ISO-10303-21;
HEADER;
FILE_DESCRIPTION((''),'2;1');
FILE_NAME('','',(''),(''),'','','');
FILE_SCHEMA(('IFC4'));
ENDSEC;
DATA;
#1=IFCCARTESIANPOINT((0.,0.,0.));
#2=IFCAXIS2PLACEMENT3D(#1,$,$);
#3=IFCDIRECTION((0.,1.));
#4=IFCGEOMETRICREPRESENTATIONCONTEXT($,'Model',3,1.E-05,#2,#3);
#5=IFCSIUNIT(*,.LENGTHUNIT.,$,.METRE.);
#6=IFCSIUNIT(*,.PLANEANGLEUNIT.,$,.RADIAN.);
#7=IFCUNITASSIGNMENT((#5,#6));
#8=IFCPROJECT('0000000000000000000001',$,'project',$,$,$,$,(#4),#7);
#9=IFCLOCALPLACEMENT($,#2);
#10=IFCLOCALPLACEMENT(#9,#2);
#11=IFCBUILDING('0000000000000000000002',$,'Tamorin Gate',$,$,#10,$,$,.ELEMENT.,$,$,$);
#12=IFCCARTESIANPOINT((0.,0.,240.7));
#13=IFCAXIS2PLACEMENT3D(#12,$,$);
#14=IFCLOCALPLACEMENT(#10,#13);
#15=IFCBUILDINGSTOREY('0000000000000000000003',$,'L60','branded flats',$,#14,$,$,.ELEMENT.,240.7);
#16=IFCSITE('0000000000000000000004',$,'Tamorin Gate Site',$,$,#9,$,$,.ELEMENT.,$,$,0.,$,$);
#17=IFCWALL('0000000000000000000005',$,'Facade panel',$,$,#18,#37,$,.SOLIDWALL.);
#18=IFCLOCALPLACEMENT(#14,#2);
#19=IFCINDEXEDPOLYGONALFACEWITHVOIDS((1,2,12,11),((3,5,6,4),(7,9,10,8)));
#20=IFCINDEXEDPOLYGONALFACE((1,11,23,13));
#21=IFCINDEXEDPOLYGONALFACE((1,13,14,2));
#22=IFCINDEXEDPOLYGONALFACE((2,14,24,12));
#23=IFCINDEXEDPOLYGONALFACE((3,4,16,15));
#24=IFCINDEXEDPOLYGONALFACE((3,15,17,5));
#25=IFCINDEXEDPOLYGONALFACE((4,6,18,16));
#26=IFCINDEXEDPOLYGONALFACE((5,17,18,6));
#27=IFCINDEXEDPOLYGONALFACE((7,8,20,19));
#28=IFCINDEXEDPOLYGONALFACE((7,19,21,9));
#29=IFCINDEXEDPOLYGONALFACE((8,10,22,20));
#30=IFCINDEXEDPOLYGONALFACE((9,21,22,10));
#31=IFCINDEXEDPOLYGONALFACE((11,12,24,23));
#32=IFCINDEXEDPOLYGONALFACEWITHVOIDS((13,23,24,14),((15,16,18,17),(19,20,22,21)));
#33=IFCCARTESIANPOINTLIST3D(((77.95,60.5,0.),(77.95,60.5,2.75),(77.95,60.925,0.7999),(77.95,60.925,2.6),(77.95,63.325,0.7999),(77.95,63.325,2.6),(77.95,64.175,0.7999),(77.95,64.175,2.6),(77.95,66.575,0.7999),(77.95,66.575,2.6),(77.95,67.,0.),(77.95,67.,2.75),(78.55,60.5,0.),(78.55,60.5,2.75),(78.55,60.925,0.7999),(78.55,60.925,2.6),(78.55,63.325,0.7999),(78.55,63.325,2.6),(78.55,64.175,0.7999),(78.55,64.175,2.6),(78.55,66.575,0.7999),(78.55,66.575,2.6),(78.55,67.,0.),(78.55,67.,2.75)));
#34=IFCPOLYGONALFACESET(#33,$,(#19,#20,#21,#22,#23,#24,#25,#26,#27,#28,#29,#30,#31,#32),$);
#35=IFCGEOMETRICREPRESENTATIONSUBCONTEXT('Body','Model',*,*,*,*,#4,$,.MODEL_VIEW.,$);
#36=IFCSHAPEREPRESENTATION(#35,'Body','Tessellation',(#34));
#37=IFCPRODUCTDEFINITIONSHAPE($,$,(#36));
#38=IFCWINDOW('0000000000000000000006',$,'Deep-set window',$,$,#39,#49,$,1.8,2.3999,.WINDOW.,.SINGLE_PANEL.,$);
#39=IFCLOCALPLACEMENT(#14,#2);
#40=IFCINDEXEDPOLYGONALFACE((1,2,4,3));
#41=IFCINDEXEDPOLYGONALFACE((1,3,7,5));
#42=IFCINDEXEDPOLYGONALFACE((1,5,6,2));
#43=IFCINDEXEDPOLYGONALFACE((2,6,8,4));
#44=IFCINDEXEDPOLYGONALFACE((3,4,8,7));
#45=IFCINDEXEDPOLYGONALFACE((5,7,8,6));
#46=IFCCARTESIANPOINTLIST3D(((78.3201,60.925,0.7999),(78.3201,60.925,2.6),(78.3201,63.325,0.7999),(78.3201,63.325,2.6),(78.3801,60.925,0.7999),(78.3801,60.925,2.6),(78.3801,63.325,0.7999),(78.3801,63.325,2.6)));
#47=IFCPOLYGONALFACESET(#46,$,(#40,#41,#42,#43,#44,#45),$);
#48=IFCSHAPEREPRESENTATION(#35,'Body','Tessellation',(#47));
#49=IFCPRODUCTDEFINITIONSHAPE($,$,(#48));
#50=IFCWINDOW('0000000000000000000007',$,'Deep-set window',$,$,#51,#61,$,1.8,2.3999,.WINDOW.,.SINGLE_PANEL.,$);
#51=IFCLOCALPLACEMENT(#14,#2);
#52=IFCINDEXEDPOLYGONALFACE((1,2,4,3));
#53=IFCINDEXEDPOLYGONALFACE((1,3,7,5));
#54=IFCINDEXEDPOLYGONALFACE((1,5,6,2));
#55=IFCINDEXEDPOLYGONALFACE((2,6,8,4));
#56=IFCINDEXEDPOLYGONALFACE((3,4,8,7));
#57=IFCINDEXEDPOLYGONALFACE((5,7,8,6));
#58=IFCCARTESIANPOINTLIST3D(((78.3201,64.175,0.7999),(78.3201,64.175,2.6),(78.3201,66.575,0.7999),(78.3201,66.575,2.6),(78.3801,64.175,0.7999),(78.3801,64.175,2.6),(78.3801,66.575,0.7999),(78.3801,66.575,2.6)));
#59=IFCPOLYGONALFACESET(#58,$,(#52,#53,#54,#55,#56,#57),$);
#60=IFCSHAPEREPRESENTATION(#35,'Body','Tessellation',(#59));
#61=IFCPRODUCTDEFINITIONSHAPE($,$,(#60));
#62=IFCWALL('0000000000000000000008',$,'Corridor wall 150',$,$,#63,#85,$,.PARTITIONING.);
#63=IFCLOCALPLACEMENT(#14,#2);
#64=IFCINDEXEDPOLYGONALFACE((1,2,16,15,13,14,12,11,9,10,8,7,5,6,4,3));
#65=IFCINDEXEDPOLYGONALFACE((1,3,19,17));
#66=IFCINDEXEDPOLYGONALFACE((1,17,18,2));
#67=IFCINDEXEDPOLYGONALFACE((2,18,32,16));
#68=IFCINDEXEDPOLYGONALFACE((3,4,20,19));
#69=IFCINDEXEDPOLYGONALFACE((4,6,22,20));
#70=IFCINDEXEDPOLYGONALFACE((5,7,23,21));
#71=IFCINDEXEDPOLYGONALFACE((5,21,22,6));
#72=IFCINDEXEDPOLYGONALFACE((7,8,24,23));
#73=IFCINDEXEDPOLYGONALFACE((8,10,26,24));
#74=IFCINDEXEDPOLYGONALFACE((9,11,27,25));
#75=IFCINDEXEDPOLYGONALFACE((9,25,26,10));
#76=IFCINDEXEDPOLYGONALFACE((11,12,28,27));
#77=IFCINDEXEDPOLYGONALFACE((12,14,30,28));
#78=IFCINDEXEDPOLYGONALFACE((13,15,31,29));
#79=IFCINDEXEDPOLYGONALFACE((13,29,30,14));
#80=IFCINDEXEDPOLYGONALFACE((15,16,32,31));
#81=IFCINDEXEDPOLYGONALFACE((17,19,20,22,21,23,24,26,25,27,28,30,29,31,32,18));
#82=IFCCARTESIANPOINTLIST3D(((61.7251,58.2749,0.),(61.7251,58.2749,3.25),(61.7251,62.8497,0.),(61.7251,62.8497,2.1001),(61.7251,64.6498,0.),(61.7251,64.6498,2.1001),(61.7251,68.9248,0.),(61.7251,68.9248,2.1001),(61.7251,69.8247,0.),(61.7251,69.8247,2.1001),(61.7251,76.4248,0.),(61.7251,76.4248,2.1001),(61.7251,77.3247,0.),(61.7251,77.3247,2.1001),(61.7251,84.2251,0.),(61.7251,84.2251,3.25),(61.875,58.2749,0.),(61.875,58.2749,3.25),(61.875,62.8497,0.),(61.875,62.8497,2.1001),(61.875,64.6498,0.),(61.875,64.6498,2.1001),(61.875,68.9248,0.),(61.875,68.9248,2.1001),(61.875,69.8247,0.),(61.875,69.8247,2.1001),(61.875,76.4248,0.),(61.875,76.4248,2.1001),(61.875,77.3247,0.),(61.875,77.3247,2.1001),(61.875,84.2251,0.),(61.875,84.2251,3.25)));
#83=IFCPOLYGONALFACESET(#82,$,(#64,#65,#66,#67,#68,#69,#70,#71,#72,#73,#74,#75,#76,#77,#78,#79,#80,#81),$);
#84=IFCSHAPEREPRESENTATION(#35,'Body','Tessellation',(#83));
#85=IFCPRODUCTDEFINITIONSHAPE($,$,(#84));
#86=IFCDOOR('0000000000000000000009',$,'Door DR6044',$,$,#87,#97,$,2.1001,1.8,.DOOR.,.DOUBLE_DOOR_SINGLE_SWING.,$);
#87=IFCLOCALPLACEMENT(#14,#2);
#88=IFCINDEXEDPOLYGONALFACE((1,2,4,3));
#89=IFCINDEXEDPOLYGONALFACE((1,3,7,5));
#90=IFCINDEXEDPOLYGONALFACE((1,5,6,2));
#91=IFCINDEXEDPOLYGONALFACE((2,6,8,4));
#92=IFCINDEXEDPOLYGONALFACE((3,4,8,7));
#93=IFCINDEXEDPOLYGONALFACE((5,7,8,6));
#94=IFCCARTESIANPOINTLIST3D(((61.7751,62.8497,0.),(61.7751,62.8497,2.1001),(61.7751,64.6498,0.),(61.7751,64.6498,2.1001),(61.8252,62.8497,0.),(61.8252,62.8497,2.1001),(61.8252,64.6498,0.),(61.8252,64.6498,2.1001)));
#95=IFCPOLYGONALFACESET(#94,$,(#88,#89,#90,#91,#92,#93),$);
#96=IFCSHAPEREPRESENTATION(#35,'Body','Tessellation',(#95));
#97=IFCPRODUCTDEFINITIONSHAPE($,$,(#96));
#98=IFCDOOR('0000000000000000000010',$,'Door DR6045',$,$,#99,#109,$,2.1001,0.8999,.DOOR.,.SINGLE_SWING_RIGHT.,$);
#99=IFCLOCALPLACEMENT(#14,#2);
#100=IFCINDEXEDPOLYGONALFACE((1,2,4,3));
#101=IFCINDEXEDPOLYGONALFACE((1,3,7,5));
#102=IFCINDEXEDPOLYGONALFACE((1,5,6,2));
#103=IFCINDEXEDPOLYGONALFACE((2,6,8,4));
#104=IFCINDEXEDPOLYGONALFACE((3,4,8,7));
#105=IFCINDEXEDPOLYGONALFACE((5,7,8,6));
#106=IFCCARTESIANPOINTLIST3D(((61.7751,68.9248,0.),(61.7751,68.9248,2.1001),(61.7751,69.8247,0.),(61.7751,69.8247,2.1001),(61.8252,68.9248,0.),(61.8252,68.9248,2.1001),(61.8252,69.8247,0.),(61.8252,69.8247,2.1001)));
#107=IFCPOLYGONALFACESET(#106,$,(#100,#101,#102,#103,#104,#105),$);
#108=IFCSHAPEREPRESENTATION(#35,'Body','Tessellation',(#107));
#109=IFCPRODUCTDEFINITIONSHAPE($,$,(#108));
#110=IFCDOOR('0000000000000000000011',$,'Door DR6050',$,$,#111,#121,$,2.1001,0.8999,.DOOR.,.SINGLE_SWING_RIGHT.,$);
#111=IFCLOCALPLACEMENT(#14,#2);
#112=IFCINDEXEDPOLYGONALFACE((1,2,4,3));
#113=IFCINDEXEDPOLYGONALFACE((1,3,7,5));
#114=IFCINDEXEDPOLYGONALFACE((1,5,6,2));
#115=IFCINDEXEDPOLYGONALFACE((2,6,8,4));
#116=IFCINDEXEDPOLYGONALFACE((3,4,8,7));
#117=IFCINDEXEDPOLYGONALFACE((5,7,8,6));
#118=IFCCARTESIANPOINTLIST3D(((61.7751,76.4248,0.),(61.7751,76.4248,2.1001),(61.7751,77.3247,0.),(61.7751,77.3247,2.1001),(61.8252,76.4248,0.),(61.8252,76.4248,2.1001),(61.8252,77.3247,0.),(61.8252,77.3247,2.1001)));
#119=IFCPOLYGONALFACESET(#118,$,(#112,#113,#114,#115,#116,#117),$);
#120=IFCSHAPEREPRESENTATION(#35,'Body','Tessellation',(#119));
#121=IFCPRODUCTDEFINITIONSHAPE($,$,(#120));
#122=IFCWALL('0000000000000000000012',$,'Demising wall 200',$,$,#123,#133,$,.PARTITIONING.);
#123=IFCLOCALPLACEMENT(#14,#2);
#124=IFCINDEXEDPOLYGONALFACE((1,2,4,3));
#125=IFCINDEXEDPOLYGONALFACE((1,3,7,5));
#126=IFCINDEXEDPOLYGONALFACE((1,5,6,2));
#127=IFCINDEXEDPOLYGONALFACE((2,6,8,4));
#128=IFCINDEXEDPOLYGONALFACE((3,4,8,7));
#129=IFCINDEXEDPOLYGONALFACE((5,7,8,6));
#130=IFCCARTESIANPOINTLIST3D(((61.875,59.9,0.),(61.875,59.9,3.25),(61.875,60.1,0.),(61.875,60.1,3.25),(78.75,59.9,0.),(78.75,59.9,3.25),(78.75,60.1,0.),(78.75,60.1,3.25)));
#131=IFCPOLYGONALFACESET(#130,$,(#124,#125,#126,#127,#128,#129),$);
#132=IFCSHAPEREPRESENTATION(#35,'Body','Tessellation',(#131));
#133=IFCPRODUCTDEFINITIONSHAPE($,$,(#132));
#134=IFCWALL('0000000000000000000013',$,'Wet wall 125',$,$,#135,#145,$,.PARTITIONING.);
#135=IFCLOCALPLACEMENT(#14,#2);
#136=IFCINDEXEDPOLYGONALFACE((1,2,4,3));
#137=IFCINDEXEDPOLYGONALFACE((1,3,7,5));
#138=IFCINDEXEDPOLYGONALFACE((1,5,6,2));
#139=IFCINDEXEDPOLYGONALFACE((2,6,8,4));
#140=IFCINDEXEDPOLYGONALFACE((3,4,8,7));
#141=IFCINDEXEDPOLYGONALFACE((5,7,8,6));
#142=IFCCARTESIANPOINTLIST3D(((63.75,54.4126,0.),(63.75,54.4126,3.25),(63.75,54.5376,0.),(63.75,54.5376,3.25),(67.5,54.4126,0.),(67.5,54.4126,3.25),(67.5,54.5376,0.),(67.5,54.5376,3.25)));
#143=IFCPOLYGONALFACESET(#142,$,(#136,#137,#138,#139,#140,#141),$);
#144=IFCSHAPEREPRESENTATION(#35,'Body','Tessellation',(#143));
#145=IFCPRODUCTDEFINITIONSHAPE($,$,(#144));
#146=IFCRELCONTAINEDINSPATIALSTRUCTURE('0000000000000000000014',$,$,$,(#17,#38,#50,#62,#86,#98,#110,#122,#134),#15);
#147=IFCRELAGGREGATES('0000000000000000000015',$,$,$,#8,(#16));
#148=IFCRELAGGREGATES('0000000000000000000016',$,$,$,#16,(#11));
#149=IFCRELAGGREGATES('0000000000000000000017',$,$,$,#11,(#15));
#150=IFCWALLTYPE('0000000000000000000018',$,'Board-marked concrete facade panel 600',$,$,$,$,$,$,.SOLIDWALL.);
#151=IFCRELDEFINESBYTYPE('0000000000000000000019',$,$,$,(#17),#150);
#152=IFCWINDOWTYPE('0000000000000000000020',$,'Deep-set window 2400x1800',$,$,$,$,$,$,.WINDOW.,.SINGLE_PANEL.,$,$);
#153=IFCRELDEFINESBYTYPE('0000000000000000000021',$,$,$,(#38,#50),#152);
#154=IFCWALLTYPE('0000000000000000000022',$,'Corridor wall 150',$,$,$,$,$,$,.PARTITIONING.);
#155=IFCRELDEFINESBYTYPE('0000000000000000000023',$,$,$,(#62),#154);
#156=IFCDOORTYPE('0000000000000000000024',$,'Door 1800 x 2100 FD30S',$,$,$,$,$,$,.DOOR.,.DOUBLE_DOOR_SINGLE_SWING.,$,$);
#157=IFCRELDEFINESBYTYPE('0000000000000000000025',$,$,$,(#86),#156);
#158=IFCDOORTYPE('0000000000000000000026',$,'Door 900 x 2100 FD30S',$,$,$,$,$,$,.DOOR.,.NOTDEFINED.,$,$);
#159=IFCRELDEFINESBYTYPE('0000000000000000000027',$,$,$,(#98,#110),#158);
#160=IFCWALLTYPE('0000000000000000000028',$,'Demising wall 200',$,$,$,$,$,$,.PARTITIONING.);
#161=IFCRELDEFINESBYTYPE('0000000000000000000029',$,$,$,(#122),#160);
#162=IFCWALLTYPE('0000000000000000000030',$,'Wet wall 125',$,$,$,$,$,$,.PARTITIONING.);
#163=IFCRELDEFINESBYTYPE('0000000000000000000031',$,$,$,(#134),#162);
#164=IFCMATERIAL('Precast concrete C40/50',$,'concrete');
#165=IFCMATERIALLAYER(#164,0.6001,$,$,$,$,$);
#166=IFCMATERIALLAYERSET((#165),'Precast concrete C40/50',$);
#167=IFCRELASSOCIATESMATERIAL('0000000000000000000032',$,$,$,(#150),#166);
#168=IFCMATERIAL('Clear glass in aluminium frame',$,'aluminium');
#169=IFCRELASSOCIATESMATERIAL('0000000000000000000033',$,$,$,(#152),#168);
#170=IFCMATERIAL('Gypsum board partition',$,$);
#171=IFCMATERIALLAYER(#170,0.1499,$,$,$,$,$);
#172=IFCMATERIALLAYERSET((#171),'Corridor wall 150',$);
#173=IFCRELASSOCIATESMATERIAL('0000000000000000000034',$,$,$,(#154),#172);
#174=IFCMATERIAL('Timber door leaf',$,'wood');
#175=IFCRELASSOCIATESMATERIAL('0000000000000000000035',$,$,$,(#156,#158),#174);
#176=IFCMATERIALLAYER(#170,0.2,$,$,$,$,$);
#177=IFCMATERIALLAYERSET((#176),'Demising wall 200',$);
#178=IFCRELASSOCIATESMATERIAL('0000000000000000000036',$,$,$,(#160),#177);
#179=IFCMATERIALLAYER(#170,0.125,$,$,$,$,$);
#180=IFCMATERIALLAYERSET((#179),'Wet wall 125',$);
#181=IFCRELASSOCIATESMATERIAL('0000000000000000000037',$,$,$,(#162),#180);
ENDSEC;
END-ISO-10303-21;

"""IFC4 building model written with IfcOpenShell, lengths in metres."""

from ifc_helpers import new_model, si_unit, direction, frame, frame_2d, origin, place, context, subcontext, project, spatial, rectangle, extrude, material, layer, layer_set, type_object, element, fill, save


model = new_model("IFC4")

# Units and contexts
model_context = context("Model", 3, precision=1e-05, world=origin(), true_north=direction((0.0, 1.0)))
body_context = subcontext(model_context, "Body", "Model", "MODEL_VIEW")
ifc_project = project(units=[si_unit("LENGTHUNIT", "METRE"), si_unit("PLANEANGLEUNIT", "RADIAN")], contexts=[model_context])

# Site, building, storey
site_placement = place(None, origin())
site = spatial("IfcSite", under=ifc_project, at=site_placement, Name="Tamorin Gate Site", CompositionType="ELEMENT", RefElevation=0.0)
building_placement = place(site_placement, origin())
building = spatial("IfcBuilding", under=site, at=building_placement, Name="Tamorin Gate", CompositionType="ELEMENT")
storey_placement = place(building_placement, frame((0.0, 0.0, 240.7)))
storey = spatial("IfcBuildingStorey", under=building, at=storey_placement, Name="L60", Description="branded flats", CompositionType="ELEMENT", Elevation=240.7)

# Wall, openings, windows
ifc_material_1 = material(Name="Precast concrete C40/50", Category="concrete")
ifc_layer_1 = layer(ifc_material_1, 0.6001)
ifc_layer_set_1 = layer_set([ifc_layer_1], Name="Precast concrete C40/50")
wall_type_1 = type_object("IfcWallType", Name="Board-marked concrete facade panel 600", PredefinedType="SOLIDWALL", material=ifc_layer_set_1)
ifc_material_2 = material(Name="Clear glass in aluminium frame", Category="aluminium")
window_type = type_object("IfcWindowType", Name="Deep-set window 2400x1800", PartitioningType="SINGLE_PANEL", PredefinedType="WINDOW", material=ifc_material_2)
wall_1_placement = place(storey_placement, frame((78.25, 60.5, 0.0), z_axis=(0.0, 0.0, 1.0), x_axis=(0.0, 1.0, 0.0)))
wall_1 = element("IfcWall", 1, at=wall_1_placement, inside=storey, type_object=wall_type_1, Name="Facade panel", PredefinedType="SOLIDWALL", context=body_context, shape_type="SweptSolid", body=[
    extrude(rectangle(XDim=6.5, YDim=0.6001, at=frame_2d((3.25, 0.0))), origin(), (0.0, 0.0, 1.0), 2.75),
])
opening_1_placement = place(wall_1_placement, frame((0.425, 0.0, 0.8)))
opening_1 = element("IfcOpeningElement", 2, at=opening_1_placement, cuts=wall_1, PredefinedType="OPENING", context=body_context, shape_type="SweptSolid", body=[
    extrude(rectangle(XDim=2.3999, YDim=1.8, at=frame_2d((1.2, 0.8999))), frame((0.0, 0.3101, 0.0), z_axis=(0.0, -1.0, 0.0), x_axis=(1.0, 0.0, 0.0)), (0.0, 0.0, 1.0), 0.6201),
])
opening_2_placement = place(wall_1_placement, frame((3.675, 0.0, 0.8)))
opening_2 = element("IfcOpeningElement", 3, at=opening_2_placement, cuts=wall_1, PredefinedType="OPENING", context=body_context, shape_type="SweptSolid", body=[
    extrude(rectangle(XDim=2.3999, YDim=1.8, at=frame_2d((1.2, 0.8999))), frame((0.0, 0.3101, 0.0), z_axis=(0.0, -1.0, 0.0), x_axis=(1.0, 0.0, 0.0)), (0.0, 0.0, 1.0), 0.6201),
])
window_1_placement = place(opening_1_placement, origin())
window_1 = element("IfcWindow", 4, at=window_1_placement, inside=storey, type_object=window_type, Name="Deep-set window", OverallHeight=1.8, OverallWidth=2.3999, PartitioningType="SINGLE_PANEL", PredefinedType="WINDOW", context=body_context, shape_type="SweptSolid", body=[
    extrude(rectangle(XDim=2.3999, YDim=1.8, at=frame_2d((1.2, 0.8999))), frame((0.0, -0.0701, 0.0), z_axis=(0.0, -1.0, 0.0), x_axis=(1.0, 0.0, 0.0)), (0.0, 0.0, 1.0), 0.0601),
])
fill(opening_1, window_1)
window_2_placement = place(opening_2_placement, origin())
window_2 = element("IfcWindow", 5, at=window_2_placement, inside=storey, type_object=window_type, Name="Deep-set window", OverallHeight=1.8, OverallWidth=2.3999, PartitioningType="SINGLE_PANEL", PredefinedType="WINDOW", context=body_context, shape_type="SweptSolid", body=[
    extrude(rectangle(XDim=2.3999, YDim=1.8, at=frame_2d((1.2, 0.8999))), frame((0.0, -0.0701, 0.0), z_axis=(0.0, -1.0, 0.0), x_axis=(1.0, 0.0, 0.0)), (0.0, 0.0, 1.0), 0.0601),
])
fill(opening_2, window_2)

# Wall, openings, doors
ifc_material_3 = material(Name="Gypsum board partition")
ifc_layer_2 = layer(ifc_material_3, 0.1499)
ifc_layer_set_2 = layer_set([ifc_layer_2], Name="Corridor wall 150")
wall_type_2 = type_object("IfcWallType", Name="Corridor wall 150", PredefinedType="PARTITIONING", material=ifc_layer_set_2)
wall_2_placement = place(storey_placement, frame((61.8, 58.2749, 0.0), z_axis=(0.0, 0.0, 1.0), x_axis=(0.0, 1.0, 0.0)))
wall_2 = element("IfcWall", 6, at=wall_2_placement, inside=storey, type_object=wall_type_2, Name="Corridor wall 150", PredefinedType="PARTITIONING", context=body_context, shape_type="SweptSolid", body=[
    extrude(rectangle(XDim=25.9502, YDim=0.1499, at=frame_2d((12.9751, 0.0))), origin(), (0.0, 0.0, 1.0), 3.25),
])
opening_3_placement = place(wall_2_placement, frame((4.575, 0.0, 0.0)))
opening_3 = element("IfcOpeningElement", 7, at=opening_3_placement, cuts=wall_2, PredefinedType="OPENING", context=body_context, shape_type="SweptSolid", body=[
    extrude(rectangle(XDim=1.8, YDim=2.1001, at=frame_2d((0.8999, 1.05))), frame((0.0, 0.085, 0.0), z_axis=(0.0, -1.0, 0.0), x_axis=(1.0, 0.0, 0.0)), (0.0, 0.0, 1.0), 0.1699),
])
opening_4_placement = place(wall_2_placement, frame((10.6499, 0.0, 0.0)))
opening_4 = element("IfcOpeningElement", 8, at=opening_4_placement, cuts=wall_2, PredefinedType="OPENING", context=body_context, shape_type="SweptSolid", body=[
    extrude(rectangle(XDim=0.8999, YDim=2.1001, at=frame_2d((0.45, 1.05))), frame((0.0, 0.085, 0.0), z_axis=(0.0, -1.0, 0.0), x_axis=(1.0, 0.0, 0.0)), (0.0, 0.0, 1.0), 0.1699),
])
opening_5_placement = place(wall_2_placement, frame((18.1499, 0.0, 0.0)))
opening_5 = element("IfcOpeningElement", 9, at=opening_5_placement, cuts=wall_2, PredefinedType="OPENING", context=body_context, shape_type="SweptSolid", body=[
    extrude(rectangle(XDim=0.8999, YDim=2.1001, at=frame_2d((0.45, 1.05))), frame((0.0, 0.085, 0.0), z_axis=(0.0, -1.0, 0.0), x_axis=(1.0, 0.0, 0.0)), (0.0, 0.0, 1.0), 0.1699),
])
ifc_material_4 = material(Name="Timber door leaf", Category="wood")
door_type_1 = type_object("IfcDoorType", Name="Door 1800 x 2100 FD30S", OperationType="DOUBLE_DOOR_SINGLE_SWING", PredefinedType="DOOR", material=ifc_material_4)
door_1_placement = place(opening_3_placement, origin())
door_1 = element("IfcDoor", 10, at=door_1_placement, inside=storey, type_object=door_type_1, Name="Door DR6044", OperationType="DOUBLE_DOOR_SINGLE_SWING", OverallHeight=2.1001, OverallWidth=1.8, PredefinedType="DOOR", context=body_context, shape_type="SweptSolid", body=[
    extrude(rectangle(XDim=1.8, YDim=2.1001, at=frame_2d((0.8999, 1.05))), frame((0.0, 0.0249, 0.0), z_axis=(0.0, -1.0, 0.0), x_axis=(1.0, 0.0, 0.0)), (0.0, 0.0, 1.0), 0.05),
])
fill(opening_3, door_1)
door_type_2 = type_object("IfcDoorType", Name="Door 900 x 2100 FD30S", OperationType="NOTDEFINED", PredefinedType="DOOR", material=ifc_material_4)
door_2_placement = place(opening_4_placement, origin())
door_2 = element("IfcDoor", 11, at=door_2_placement, inside=storey, type_object=door_type_2, Name="Door DR6045", OperationType="SINGLE_SWING_RIGHT", OverallHeight=2.1001, OverallWidth=0.8999, PredefinedType="DOOR", context=body_context, shape_type="SweptSolid", body=[
    extrude(rectangle(XDim=0.8999, YDim=2.1001, at=frame_2d((0.45, 1.05))), frame((0.0, 0.0249, 0.0), z_axis=(0.0, -1.0, 0.0), x_axis=(1.0, 0.0, 0.0)), (0.0, 0.0, 1.0), 0.05),
])
fill(opening_4, door_2)
door_3_placement = place(opening_5_placement, origin())
door_3 = element("IfcDoor", 12, at=door_3_placement, inside=storey, type_object=door_type_2, Name="Door DR6050", OperationType="SINGLE_SWING_RIGHT", OverallHeight=2.1001, OverallWidth=0.8999, PredefinedType="DOOR", context=body_context, shape_type="SweptSolid", body=[
    extrude(rectangle(XDim=0.8999, YDim=2.1001, at=frame_2d((0.45, 1.05))), frame((0.0, 0.0249, 0.0), z_axis=(0.0, -1.0, 0.0), x_axis=(1.0, 0.0, 0.0)), (0.0, 0.0, 1.0), 0.05),
])
fill(opening_5, door_3)

# Walls
ifc_layer_3 = layer(ifc_material_3, 0.2)
ifc_layer_set_3 = layer_set([ifc_layer_3], Name="Demising wall 200")
wall_type_3 = type_object("IfcWallType", Name="Demising wall 200", PredefinedType="PARTITIONING", material=ifc_layer_set_3)
wall_3_placement = place(storey_placement, frame((61.875, 60.0, 0.0), z_axis=(0.0, 0.0, 1.0), x_axis=(1.0, 0.0, 0.0)))
element("IfcWall", 13, at=wall_3_placement, inside=storey, type_object=wall_type_3, Name="Demising wall 200", PredefinedType="PARTITIONING", context=body_context, shape_type="SweptSolid", body=[
    extrude(rectangle(XDim=16.875, YDim=0.2, at=frame_2d((8.4375, 0.0))), origin(), (0.0, 0.0, 1.0), 3.25),
])
ifc_layer_4 = layer(ifc_material_3, 0.125)
ifc_layer_set_4 = layer_set([ifc_layer_4], Name="Wet wall 125")
wall_type_4 = type_object("IfcWallType", Name="Wet wall 125", PredefinedType="PARTITIONING", material=ifc_layer_set_4)
wall_4_placement = place(storey_placement, frame((63.75, 54.4751, 0.0), z_axis=(0.0, 0.0, 1.0), x_axis=(1.0, 0.0, 0.0)))
element("IfcWall", 14, at=wall_4_placement, inside=storey, type_object=wall_type_4, Name="Wet wall 125", PredefinedType="PARTITIONING", context=body_context, shape_type="SweptSolid", body=[
    extrude(rectangle(XDim=3.75, YDim=0.125, at=frame_2d((1.875, 0.0))), origin(), (0.0, 0.0, 1.0), 3.25),
])

save(model, "model.ifc")
